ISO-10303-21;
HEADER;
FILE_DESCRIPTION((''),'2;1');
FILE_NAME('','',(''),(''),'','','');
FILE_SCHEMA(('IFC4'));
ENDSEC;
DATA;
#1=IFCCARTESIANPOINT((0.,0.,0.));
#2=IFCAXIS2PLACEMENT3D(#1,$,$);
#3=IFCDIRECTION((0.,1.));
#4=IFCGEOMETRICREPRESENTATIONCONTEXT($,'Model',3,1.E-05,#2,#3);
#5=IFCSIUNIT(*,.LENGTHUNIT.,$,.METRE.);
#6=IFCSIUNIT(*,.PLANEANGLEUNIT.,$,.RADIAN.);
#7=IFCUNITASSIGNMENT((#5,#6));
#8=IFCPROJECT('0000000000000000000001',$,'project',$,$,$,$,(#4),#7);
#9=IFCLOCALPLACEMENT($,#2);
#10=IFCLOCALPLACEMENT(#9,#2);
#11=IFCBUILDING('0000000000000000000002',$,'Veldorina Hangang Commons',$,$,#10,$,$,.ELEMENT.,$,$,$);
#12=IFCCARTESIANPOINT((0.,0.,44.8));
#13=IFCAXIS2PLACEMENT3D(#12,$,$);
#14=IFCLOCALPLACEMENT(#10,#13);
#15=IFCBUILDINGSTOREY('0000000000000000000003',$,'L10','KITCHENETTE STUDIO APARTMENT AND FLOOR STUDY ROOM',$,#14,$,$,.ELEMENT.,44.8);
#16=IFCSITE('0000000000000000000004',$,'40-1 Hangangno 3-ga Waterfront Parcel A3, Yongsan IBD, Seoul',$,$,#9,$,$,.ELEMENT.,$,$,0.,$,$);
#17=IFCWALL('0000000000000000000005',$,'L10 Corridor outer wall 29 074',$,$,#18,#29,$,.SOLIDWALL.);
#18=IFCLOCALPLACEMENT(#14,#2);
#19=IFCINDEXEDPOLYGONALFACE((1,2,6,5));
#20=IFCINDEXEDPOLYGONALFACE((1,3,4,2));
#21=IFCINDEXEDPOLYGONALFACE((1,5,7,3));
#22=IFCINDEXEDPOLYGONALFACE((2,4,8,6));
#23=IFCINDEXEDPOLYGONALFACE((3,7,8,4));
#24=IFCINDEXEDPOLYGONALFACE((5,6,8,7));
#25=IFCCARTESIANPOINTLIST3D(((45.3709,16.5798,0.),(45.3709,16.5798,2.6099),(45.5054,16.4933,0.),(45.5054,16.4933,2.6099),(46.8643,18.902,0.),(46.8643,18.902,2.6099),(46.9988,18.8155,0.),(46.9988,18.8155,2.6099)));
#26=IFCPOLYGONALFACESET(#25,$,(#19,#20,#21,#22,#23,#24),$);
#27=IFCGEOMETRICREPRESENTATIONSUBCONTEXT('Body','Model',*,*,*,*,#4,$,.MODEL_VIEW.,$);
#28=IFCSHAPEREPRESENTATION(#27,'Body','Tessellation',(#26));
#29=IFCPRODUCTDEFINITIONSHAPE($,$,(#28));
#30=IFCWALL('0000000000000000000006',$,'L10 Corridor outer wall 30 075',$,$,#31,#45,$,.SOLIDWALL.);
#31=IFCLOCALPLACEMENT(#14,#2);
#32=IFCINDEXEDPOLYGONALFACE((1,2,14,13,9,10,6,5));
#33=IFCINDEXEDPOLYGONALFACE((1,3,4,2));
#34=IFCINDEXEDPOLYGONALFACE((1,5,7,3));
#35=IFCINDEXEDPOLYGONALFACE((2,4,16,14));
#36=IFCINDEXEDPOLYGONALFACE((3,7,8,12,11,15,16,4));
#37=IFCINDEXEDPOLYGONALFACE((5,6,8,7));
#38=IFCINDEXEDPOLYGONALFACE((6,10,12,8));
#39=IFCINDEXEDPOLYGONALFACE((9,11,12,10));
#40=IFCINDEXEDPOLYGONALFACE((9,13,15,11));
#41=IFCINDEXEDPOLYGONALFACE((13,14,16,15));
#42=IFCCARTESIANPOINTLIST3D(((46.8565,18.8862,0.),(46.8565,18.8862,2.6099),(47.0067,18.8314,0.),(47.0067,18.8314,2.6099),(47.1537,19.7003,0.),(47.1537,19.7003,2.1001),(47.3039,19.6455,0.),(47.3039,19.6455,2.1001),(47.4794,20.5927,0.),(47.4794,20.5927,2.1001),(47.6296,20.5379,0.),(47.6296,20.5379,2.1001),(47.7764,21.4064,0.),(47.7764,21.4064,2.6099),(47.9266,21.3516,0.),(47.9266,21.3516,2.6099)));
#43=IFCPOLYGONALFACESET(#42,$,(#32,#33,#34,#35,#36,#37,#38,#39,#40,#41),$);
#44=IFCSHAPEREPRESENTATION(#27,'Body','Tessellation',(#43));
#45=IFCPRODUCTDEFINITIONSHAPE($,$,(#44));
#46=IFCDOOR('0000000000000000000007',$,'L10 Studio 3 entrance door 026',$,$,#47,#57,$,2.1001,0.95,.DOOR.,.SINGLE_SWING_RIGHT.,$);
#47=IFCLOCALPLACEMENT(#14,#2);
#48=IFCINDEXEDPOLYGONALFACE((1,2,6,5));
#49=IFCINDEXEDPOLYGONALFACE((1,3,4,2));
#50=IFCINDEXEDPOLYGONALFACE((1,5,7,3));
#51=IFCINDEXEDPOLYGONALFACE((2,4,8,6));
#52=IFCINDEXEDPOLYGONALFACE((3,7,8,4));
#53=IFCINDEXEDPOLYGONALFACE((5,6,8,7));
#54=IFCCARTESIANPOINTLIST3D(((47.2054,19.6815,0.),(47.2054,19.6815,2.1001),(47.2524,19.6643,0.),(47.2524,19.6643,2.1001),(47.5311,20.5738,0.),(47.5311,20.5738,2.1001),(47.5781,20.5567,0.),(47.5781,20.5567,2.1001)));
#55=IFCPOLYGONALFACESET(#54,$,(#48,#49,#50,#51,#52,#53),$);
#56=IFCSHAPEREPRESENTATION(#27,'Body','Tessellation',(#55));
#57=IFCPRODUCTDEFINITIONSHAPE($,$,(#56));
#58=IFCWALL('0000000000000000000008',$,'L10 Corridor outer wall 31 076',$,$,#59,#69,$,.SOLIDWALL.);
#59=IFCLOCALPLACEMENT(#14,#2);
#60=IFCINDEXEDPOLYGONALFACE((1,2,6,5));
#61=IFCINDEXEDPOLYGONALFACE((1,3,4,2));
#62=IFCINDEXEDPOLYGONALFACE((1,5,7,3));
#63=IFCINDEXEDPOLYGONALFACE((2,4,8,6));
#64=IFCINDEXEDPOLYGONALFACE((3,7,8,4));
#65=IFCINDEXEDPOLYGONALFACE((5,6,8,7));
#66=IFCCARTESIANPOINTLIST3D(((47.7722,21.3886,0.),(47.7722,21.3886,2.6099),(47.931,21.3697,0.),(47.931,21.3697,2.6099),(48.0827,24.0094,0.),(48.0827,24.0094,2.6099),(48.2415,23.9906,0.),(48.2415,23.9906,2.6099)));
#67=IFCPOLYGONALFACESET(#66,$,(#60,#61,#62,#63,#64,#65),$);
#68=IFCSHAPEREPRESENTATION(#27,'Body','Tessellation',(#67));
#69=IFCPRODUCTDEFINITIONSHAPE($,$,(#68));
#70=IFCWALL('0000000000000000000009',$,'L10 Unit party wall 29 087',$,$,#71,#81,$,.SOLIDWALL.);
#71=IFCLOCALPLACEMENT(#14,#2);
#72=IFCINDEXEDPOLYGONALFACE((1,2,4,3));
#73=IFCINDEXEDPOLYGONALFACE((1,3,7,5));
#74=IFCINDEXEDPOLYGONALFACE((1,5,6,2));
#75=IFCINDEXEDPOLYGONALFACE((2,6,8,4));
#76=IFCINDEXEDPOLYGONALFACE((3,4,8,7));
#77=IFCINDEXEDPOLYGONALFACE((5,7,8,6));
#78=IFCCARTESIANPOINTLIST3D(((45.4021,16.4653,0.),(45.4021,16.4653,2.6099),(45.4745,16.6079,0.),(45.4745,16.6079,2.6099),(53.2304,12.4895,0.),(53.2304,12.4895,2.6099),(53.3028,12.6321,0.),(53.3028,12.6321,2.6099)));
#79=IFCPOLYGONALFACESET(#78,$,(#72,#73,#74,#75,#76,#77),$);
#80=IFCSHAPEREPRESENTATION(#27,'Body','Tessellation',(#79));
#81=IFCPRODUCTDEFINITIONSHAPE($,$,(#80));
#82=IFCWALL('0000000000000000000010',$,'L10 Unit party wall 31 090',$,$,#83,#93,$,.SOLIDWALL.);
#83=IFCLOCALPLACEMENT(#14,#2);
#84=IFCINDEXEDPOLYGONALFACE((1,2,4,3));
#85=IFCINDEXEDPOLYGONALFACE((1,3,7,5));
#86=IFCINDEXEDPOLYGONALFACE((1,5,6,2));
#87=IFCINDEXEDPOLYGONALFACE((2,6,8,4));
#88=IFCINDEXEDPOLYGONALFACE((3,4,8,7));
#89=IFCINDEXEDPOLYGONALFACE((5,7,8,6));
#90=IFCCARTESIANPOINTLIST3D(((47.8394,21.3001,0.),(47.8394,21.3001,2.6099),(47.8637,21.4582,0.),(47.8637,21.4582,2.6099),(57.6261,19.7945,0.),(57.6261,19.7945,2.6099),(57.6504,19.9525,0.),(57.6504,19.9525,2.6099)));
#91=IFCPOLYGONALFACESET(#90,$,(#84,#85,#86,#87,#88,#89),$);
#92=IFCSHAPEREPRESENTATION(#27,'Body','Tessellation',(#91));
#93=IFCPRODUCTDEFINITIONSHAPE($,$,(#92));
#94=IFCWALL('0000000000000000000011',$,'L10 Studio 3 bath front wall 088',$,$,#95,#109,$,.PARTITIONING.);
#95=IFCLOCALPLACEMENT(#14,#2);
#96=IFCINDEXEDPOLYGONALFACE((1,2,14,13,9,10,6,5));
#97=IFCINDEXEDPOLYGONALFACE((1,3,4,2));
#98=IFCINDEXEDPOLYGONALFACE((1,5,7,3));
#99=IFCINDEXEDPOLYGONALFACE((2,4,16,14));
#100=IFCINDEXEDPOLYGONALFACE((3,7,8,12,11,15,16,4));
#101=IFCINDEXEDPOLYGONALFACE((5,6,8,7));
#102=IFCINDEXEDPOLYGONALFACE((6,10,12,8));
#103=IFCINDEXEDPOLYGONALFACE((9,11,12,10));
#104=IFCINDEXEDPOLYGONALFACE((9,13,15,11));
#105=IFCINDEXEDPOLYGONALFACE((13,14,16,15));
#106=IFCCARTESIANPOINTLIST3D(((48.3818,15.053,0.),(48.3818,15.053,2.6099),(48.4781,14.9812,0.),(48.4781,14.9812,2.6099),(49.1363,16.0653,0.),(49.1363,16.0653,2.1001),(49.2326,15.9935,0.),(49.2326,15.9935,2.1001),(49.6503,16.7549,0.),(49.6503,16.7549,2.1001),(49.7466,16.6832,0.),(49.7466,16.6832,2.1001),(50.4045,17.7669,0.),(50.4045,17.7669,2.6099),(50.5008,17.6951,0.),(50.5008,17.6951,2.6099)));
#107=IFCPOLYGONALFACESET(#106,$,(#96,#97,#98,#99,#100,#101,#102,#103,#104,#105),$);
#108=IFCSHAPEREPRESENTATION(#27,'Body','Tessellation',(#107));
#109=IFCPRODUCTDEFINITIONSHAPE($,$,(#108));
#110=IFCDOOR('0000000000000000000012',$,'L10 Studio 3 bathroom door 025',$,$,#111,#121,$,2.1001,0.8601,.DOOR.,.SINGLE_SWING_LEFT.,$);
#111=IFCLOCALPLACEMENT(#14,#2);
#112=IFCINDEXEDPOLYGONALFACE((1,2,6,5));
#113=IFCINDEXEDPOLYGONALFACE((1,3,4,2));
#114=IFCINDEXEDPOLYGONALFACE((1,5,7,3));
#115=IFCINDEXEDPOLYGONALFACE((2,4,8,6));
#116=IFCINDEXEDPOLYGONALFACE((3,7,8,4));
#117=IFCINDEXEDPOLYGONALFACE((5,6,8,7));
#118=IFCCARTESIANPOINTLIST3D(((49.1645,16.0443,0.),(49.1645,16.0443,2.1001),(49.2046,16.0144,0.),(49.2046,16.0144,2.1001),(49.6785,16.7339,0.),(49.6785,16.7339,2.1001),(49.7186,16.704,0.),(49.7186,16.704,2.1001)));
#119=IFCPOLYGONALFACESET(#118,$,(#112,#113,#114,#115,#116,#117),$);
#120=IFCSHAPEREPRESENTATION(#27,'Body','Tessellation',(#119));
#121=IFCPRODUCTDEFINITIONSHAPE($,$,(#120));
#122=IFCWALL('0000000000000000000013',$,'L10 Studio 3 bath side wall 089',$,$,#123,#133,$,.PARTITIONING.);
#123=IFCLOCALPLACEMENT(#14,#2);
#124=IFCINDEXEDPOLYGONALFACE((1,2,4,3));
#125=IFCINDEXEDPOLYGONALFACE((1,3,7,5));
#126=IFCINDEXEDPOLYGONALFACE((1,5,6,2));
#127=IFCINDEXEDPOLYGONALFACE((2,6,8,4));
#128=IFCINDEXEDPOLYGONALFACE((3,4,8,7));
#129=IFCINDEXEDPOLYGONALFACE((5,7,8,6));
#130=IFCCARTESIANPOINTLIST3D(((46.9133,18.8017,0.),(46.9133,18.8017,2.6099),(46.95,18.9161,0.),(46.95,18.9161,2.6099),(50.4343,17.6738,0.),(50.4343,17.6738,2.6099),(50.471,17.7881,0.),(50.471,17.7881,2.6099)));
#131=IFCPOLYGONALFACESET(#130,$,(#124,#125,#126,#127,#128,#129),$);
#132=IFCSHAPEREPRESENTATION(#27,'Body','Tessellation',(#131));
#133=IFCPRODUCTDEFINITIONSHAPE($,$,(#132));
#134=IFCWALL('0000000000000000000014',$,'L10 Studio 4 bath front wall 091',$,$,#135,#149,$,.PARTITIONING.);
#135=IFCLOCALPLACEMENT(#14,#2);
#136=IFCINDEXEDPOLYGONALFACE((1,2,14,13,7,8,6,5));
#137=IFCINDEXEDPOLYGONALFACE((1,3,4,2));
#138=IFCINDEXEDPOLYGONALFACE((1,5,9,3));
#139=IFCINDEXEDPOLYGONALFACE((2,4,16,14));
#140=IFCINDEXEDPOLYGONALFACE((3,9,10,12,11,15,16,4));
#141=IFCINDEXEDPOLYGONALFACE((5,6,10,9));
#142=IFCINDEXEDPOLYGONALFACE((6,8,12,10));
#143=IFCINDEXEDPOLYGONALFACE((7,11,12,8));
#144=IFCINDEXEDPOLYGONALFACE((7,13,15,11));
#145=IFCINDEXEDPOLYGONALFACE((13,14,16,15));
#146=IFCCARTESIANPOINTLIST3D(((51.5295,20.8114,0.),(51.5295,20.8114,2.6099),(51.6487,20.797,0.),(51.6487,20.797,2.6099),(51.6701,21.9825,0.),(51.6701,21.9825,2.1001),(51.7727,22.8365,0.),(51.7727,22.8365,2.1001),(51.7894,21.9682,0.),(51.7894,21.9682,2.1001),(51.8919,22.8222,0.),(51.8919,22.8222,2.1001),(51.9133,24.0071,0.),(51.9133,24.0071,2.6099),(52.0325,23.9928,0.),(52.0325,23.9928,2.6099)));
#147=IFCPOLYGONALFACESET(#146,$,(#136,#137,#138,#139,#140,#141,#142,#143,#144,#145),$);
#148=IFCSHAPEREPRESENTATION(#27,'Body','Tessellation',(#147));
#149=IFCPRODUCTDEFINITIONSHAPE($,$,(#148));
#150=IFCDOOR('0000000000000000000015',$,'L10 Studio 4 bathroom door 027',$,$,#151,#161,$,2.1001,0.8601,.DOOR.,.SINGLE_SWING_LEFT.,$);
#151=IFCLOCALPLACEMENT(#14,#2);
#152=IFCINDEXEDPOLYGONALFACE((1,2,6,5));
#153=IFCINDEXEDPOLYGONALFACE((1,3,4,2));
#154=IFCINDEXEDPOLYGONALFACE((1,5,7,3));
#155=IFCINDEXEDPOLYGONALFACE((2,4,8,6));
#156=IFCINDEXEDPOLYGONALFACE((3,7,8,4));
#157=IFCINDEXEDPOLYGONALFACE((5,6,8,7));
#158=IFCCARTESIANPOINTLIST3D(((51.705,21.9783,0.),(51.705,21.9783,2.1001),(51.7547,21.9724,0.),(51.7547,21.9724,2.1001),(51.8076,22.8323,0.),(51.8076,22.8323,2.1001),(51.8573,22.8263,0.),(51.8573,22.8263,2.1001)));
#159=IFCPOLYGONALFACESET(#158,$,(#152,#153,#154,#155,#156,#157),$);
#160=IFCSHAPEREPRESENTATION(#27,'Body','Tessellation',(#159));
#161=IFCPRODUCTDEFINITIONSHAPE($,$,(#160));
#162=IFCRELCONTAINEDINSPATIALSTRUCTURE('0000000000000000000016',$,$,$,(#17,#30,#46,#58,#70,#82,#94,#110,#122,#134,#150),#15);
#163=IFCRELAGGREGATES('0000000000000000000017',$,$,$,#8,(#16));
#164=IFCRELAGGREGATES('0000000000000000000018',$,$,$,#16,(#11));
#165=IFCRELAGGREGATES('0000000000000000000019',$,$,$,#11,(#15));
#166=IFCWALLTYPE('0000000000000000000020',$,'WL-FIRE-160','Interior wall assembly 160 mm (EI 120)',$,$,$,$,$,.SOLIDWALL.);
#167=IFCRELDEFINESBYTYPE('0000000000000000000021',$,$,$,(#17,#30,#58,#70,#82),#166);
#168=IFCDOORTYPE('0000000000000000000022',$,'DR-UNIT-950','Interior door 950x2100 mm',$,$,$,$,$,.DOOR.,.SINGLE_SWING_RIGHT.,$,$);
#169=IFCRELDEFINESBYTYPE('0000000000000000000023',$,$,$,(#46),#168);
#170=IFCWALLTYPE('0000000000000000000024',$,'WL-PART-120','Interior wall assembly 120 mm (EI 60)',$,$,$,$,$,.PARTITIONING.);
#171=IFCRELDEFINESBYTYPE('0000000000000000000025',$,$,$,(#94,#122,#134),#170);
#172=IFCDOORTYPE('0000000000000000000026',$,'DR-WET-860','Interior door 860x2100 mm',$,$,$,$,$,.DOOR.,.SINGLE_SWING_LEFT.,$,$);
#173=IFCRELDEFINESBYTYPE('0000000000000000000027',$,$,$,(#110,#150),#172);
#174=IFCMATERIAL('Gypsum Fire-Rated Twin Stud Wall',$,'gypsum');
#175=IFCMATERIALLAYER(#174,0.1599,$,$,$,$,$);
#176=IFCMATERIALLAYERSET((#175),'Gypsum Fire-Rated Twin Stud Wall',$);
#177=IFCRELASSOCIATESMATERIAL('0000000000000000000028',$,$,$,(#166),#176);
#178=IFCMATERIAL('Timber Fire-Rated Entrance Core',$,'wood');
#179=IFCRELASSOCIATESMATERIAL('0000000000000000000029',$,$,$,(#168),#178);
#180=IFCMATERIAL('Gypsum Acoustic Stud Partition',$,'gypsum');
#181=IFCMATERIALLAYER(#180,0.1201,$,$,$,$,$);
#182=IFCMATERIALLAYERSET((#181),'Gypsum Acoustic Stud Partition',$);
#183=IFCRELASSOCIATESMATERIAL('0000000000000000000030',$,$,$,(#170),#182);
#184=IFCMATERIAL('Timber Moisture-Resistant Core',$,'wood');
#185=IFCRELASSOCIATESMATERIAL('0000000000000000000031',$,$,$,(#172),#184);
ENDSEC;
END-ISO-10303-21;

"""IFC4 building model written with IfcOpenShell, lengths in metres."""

from ifc_helpers import new_model, si_unit, direction, frame, frame_2d, origin, place, context, subcontext, project, spatial, rectangle, extrude, material, layer, layer_set, type_object, element, fill, save


model = new_model("IFC4")

# Units and contexts
model_context = context("Model", 3, precision=1e-05, world=origin(), true_north=direction((0.0, 1.0)))
body_context = subcontext(model_context, "Body", "Model", "MODEL_VIEW")
ifc_project = project(units=[si_unit("LENGTHUNIT", "METRE"), si_unit("PLANEANGLEUNIT", "RADIAN")], contexts=[model_context])

# Site, building, storey
site_placement = place(None, origin())
site = spatial("IfcSite", under=ifc_project, at=site_placement, Name="40-1 Hangangno 3-ga Waterfront Parcel A3, Yongsan IBD, Seoul", CompositionType="ELEMENT", RefElevation=0.0)
building_placement = place(site_placement, origin())
building = spatial("IfcBuilding", under=site, at=building_placement, Name="Veldorina Hangang Commons", CompositionType="ELEMENT")
storey_placement = place(building_placement, frame((0.0, 0.0, 44.8)))
storey = spatial("IfcBuildingStorey", under=building, at=storey_placement, Name="L10", Description="KITCHENETTE STUDIO APARTMENT AND FLOOR STUDY ROOM", CompositionType="ELEMENT", Elevation=44.8)

# Wall
ifc_material_1 = material(Name="Gypsum Fire-Rated Twin Stud Wall", Category="gypsum")
ifc_layer_1 = layer(ifc_material_1, 0.1599)
ifc_layer_set_1 = layer_set([ifc_layer_1], Name="Gypsum Fire-Rated Twin Stud Wall")
wall_type_1 = type_object("IfcWallType", Name="WL-FIRE-160", Description="Interior wall assembly 160 mm (EI 120)", PredefinedType="SOLIDWALL", material=ifc_layer_set_1)
wall_1_placement = place(storey_placement, frame((45.4382, 16.5366, 0.0), z_axis=(0.0, 0.0, 1.0), x_axis=(0.540892, 0.841092, 0.0)))
element("IfcWall", 1, at=wall_1_placement, inside=storey, type_object=wall_type_1, Name="L10 Corridor outer wall 29 074", PredefinedType="SOLIDWALL", context=body_context, shape_type="SweptSolid", body=[
    extrude(rectangle(XDim=2.761, YDim=0.1599, at=frame_2d((1.3804, 0.0))), origin(), (0.0, 0.0, 1.0), 2.6099),
])

# Wall, opening, door
wall_2_placement = place(storey_placement, frame((46.9316, 18.8589, 0.0), z_axis=(0.0, 0.0, 1.0), x_axis=(0.342883, 0.939378, 0.0)))
wall_2 = element("IfcWall", 2, at=wall_2_placement, inside=storey, type_object=wall_type_1, Name="L10 Corridor outer wall 30 075", PredefinedType="SOLIDWALL", context=body_context, shape_type="SweptSolid", body=[
    extrude(rectangle(XDim=2.6829, YDim=0.1599, at=frame_2d((1.3413, 0.0))), origin(), (0.0, 0.0, 1.0), 2.6099),
])
opening_1_placement = place(wall_2_placement, frame((0.8665, 0.0, 0.0)))
opening_1 = element("IfcOpeningElement", 3, at=opening_1_placement, cuts=wall_2, PredefinedType="OPENING", context=body_context, shape_type="SweptSolid", body=[
    extrude(rectangle(XDim=0.95, YDim=2.1001, at=frame_2d((0.4751, 1.05))), frame((0.0, 0.0898, 0.0), z_axis=(0.0, -1.0, 0.0), x_axis=(1.0, 0.0, 0.0)), (0.0, 0.0, 1.0), 0.1799),
])
ifc_material_2 = material(Name="Timber Fire-Rated Entrance Core", Category="wood")
door_type_1 = type_object("IfcDoorType", Name="DR-UNIT-950", Description="Interior door 950x2100 mm", OperationType="SINGLE_SWING_RIGHT", PredefinedType="DOOR", material=ifc_material_2)
door_1_placement = place(opening_1_placement, origin())
door_1 = element("IfcDoor", 4, at=door_1_placement, inside=storey, type_object=door_type_1, Name="L10 Studio 3 entrance door 026", OperationType="SINGLE_SWING_RIGHT", OverallHeight=2.1001, OverallWidth=0.95, PredefinedType="DOOR", context=body_context, shape_type="SweptSolid", body=[
    extrude(rectangle(XDim=0.95, YDim=2.1001, at=frame_2d((0.4751, 1.05))), frame((0.0, 0.0249, 0.0), z_axis=(0.0, -1.0, 0.0), x_axis=(1.0, 0.0, 0.0)), (0.0, 0.0, 1.0), 0.05),
])
fill(opening_1, door_1)

# Walls
wall_3_placement = place(storey_placement, frame((47.8516, 21.3792, 0.0), z_axis=(0.0, 0.0, 1.0), x_axis=(0.117668, 0.993053, 0.0)))
element("IfcWall", 5, at=wall_3_placement, inside=storey, type_object=wall_type_1, Name="L10 Corridor outer wall 31 076", PredefinedType="SOLIDWALL", context=body_context, shape_type="SweptSolid", body=[
    extrude(rectangle(XDim=2.6392, YDim=0.1599, at=frame_2d((1.3196, 0.0))), origin(), (0.0, 0.0, 1.0), 2.6099),
])
wall_4_placement = place(storey_placement, frame((45.4382, 16.5366, 0.0), z_axis=(0.0, 0.0, 1.0), x_axis=(0.891601, -0.452822, 0.0)))
element("IfcWall", 6, at=wall_4_placement, inside=storey, type_object=wall_type_1, Name="L10 Unit party wall 29 087", PredefinedType="SOLIDWALL", context=body_context, shape_type="SweptSolid", body=[
    extrude(rectangle(XDim=8.78, YDim=0.1599, at=frame_2d((4.3901, 0.0))), origin(), (0.0, 0.0, 1.0), 2.6099),
])
wall_5_placement = place(storey_placement, frame((47.8516, 21.3792, 0.0), z_axis=(0.0, 0.0, 1.0), x_axis=(0.988372, -0.152055, 0.0)))
element("IfcWall", 7, at=wall_5_placement, inside=storey, type_object=wall_type_1, Name="L10 Unit party wall 31 090", PredefinedType="SOLIDWALL", context=body_context, shape_type="SweptSolid", body=[
    extrude(rectangle(XDim=9.9019, YDim=0.1599, at=frame_2d((4.9509, 0.0))), origin(), (0.0, 0.0, 1.0), 2.6099),
])

# Wall, opening, door
ifc_material_3 = material(Name="Gypsum Acoustic Stud Partition", Category="gypsum")
ifc_layer_2 = layer(ifc_material_3, 0.1201)
ifc_layer_set_2 = layer_set([ifc_layer_2], Name="Gypsum Acoustic Stud Partition")
wall_type_2 = type_object("IfcWallType", Name="WL-PART-120", Description="Interior wall assembly 120 mm (EI 60)", PredefinedType="PARTITIONING", material=ifc_layer_set_2)
wall_6_placement = place(storey_placement, frame((48.4299, 15.0171, 0.0), z_axis=(0.0, 0.0, 1.0), x_axis=(0.597597, 0.801797, 0.0)))
wall_6 = element("IfcWall", 8, at=wall_6_placement, inside=storey, type_object=wall_type_2, Name="L10 Studio 3 bath front wall 088", PredefinedType="PARTITIONING", context=body_context, shape_type="SweptSolid", body=[
    extrude(rectangle(XDim=3.3848, YDim=0.1201, at=frame_2d((1.6924, 0.0))), origin(), (0.0, 0.0, 1.0), 2.6099),
])
opening_2_placement = place(wall_6_placement, frame((1.2625, 0.0, 0.0)))
opening_2 = element("IfcOpeningElement", 9, at=opening_2_placement, cuts=wall_6, PredefinedType="OPENING", context=body_context, shape_type="SweptSolid", body=[
    extrude(rectangle(XDim=0.8601, YDim=2.1001, at=frame_2d((0.4302, 1.05))), frame((0.0, 0.0701, 0.0), z_axis=(0.0, -1.0, 0.0), x_axis=(1.0, 0.0, 0.0)), (0.0, 0.0, 1.0), 0.1401),
])
ifc_material_4 = material(Name="Timber Moisture-Resistant Core", Category="wood")
door_type_2 = type_object("IfcDoorType", Name="DR-WET-860", Description="Interior door 860x2100 mm", OperationType="SINGLE_SWING_LEFT", PredefinedType="DOOR", material=ifc_material_4)
door_2_placement = place(opening_2_placement, origin())
door_2 = element("IfcDoor", 10, at=door_2_placement, inside=storey, type_object=door_type_2, Name="L10 Studio 3 bathroom door 025", OperationType="SINGLE_SWING_LEFT", OverallHeight=2.1001, OverallWidth=0.8601, PredefinedType="DOOR", context=body_context, shape_type="SweptSolid", body=[
    extrude(rectangle(XDim=0.8601, YDim=2.1001, at=frame_2d((0.4302, 1.05))), frame((0.0, 0.0249, 0.0), z_axis=(0.0, -1.0, 0.0), x_axis=(1.0, 0.0, 0.0)), (0.0, 0.0, 1.0), 0.05),
])
fill(opening_2, door_2)

# Wall
wall_7_placement = place(storey_placement, frame((46.9316, 18.8589, 0.0), z_axis=(0.0, 0.0, 1.0), x_axis=(0.952329, -0.305073, 0.0)))
element("IfcWall", 11, at=wall_7_placement, inside=storey, type_object=wall_type_2, Name="L10 Studio 3 bath side wall 089", PredefinedType="PARTITIONING", context=body_context, shape_type="SweptSolid", body=[
    extrude(rectangle(XDim=3.6973, YDim=0.1201, at=frame_2d((1.8486, 0.0))), origin(), (0.0, 0.0, 1.0), 2.6099),
])

# Wall, opening, door
wall_8_placement = place(storey_placement, frame((51.5891, 20.8042, 0.0), z_axis=(0.0, 0.0, 1.0), x_axis=(0.119235, 0.992866, 0.0)))
wall_8 = element("IfcWall", 12, at=wall_8_placement, inside=storey, type_object=wall_type_2, Name="L10 Studio 4 bath front wall 091", PredefinedType="PARTITIONING", context=body_context, shape_type="SweptSolid", body=[
    extrude(rectangle(XDim=3.2188, YDim=0.1201, at=frame_2d((1.6094, 0.0))), origin(), (0.0, 0.0, 1.0), 2.6099),
])
opening_3_placement = place(wall_8_placement, frame((1.1794, 0.0, 0.0)))
opening_3 = element("IfcOpeningElement", 13, at=opening_3_placement, cuts=wall_8, PredefinedType="OPENING", context=body_context, shape_type="SweptSolid", body=[
    extrude(rectangle(XDim=0.8601, YDim=2.1001, at=frame_2d((0.4302, 1.05))), frame((0.0, 0.0701, 0.0), z_axis=(0.0, -1.0, 0.0), x_axis=(1.0, 0.0, 0.0)), (0.0, 0.0, 1.0), 0.1401),
])
door_3_placement = place(opening_3_placement, origin())
door_3 = element("IfcDoor", 14, at=door_3_placement, inside=storey, type_object=door_type_2, Name="L10 Studio 4 bathroom door 027", OperationType="SINGLE_SWING_LEFT", OverallHeight=2.1001, OverallWidth=0.8601, PredefinedType="DOOR", context=body_context, shape_type="SweptSolid", body=[
    extrude(rectangle(XDim=0.8601, YDim=2.1001, at=frame_2d((0.4302, 1.05))), frame((0.0, 0.0249, 0.0), z_axis=(0.0, -1.0, 0.0), x_axis=(1.0, 0.0, 0.0)), (0.0, 0.0, 1.0), 0.05),
])
fill(opening_3, door_3)

save(model, "model.ifc")
